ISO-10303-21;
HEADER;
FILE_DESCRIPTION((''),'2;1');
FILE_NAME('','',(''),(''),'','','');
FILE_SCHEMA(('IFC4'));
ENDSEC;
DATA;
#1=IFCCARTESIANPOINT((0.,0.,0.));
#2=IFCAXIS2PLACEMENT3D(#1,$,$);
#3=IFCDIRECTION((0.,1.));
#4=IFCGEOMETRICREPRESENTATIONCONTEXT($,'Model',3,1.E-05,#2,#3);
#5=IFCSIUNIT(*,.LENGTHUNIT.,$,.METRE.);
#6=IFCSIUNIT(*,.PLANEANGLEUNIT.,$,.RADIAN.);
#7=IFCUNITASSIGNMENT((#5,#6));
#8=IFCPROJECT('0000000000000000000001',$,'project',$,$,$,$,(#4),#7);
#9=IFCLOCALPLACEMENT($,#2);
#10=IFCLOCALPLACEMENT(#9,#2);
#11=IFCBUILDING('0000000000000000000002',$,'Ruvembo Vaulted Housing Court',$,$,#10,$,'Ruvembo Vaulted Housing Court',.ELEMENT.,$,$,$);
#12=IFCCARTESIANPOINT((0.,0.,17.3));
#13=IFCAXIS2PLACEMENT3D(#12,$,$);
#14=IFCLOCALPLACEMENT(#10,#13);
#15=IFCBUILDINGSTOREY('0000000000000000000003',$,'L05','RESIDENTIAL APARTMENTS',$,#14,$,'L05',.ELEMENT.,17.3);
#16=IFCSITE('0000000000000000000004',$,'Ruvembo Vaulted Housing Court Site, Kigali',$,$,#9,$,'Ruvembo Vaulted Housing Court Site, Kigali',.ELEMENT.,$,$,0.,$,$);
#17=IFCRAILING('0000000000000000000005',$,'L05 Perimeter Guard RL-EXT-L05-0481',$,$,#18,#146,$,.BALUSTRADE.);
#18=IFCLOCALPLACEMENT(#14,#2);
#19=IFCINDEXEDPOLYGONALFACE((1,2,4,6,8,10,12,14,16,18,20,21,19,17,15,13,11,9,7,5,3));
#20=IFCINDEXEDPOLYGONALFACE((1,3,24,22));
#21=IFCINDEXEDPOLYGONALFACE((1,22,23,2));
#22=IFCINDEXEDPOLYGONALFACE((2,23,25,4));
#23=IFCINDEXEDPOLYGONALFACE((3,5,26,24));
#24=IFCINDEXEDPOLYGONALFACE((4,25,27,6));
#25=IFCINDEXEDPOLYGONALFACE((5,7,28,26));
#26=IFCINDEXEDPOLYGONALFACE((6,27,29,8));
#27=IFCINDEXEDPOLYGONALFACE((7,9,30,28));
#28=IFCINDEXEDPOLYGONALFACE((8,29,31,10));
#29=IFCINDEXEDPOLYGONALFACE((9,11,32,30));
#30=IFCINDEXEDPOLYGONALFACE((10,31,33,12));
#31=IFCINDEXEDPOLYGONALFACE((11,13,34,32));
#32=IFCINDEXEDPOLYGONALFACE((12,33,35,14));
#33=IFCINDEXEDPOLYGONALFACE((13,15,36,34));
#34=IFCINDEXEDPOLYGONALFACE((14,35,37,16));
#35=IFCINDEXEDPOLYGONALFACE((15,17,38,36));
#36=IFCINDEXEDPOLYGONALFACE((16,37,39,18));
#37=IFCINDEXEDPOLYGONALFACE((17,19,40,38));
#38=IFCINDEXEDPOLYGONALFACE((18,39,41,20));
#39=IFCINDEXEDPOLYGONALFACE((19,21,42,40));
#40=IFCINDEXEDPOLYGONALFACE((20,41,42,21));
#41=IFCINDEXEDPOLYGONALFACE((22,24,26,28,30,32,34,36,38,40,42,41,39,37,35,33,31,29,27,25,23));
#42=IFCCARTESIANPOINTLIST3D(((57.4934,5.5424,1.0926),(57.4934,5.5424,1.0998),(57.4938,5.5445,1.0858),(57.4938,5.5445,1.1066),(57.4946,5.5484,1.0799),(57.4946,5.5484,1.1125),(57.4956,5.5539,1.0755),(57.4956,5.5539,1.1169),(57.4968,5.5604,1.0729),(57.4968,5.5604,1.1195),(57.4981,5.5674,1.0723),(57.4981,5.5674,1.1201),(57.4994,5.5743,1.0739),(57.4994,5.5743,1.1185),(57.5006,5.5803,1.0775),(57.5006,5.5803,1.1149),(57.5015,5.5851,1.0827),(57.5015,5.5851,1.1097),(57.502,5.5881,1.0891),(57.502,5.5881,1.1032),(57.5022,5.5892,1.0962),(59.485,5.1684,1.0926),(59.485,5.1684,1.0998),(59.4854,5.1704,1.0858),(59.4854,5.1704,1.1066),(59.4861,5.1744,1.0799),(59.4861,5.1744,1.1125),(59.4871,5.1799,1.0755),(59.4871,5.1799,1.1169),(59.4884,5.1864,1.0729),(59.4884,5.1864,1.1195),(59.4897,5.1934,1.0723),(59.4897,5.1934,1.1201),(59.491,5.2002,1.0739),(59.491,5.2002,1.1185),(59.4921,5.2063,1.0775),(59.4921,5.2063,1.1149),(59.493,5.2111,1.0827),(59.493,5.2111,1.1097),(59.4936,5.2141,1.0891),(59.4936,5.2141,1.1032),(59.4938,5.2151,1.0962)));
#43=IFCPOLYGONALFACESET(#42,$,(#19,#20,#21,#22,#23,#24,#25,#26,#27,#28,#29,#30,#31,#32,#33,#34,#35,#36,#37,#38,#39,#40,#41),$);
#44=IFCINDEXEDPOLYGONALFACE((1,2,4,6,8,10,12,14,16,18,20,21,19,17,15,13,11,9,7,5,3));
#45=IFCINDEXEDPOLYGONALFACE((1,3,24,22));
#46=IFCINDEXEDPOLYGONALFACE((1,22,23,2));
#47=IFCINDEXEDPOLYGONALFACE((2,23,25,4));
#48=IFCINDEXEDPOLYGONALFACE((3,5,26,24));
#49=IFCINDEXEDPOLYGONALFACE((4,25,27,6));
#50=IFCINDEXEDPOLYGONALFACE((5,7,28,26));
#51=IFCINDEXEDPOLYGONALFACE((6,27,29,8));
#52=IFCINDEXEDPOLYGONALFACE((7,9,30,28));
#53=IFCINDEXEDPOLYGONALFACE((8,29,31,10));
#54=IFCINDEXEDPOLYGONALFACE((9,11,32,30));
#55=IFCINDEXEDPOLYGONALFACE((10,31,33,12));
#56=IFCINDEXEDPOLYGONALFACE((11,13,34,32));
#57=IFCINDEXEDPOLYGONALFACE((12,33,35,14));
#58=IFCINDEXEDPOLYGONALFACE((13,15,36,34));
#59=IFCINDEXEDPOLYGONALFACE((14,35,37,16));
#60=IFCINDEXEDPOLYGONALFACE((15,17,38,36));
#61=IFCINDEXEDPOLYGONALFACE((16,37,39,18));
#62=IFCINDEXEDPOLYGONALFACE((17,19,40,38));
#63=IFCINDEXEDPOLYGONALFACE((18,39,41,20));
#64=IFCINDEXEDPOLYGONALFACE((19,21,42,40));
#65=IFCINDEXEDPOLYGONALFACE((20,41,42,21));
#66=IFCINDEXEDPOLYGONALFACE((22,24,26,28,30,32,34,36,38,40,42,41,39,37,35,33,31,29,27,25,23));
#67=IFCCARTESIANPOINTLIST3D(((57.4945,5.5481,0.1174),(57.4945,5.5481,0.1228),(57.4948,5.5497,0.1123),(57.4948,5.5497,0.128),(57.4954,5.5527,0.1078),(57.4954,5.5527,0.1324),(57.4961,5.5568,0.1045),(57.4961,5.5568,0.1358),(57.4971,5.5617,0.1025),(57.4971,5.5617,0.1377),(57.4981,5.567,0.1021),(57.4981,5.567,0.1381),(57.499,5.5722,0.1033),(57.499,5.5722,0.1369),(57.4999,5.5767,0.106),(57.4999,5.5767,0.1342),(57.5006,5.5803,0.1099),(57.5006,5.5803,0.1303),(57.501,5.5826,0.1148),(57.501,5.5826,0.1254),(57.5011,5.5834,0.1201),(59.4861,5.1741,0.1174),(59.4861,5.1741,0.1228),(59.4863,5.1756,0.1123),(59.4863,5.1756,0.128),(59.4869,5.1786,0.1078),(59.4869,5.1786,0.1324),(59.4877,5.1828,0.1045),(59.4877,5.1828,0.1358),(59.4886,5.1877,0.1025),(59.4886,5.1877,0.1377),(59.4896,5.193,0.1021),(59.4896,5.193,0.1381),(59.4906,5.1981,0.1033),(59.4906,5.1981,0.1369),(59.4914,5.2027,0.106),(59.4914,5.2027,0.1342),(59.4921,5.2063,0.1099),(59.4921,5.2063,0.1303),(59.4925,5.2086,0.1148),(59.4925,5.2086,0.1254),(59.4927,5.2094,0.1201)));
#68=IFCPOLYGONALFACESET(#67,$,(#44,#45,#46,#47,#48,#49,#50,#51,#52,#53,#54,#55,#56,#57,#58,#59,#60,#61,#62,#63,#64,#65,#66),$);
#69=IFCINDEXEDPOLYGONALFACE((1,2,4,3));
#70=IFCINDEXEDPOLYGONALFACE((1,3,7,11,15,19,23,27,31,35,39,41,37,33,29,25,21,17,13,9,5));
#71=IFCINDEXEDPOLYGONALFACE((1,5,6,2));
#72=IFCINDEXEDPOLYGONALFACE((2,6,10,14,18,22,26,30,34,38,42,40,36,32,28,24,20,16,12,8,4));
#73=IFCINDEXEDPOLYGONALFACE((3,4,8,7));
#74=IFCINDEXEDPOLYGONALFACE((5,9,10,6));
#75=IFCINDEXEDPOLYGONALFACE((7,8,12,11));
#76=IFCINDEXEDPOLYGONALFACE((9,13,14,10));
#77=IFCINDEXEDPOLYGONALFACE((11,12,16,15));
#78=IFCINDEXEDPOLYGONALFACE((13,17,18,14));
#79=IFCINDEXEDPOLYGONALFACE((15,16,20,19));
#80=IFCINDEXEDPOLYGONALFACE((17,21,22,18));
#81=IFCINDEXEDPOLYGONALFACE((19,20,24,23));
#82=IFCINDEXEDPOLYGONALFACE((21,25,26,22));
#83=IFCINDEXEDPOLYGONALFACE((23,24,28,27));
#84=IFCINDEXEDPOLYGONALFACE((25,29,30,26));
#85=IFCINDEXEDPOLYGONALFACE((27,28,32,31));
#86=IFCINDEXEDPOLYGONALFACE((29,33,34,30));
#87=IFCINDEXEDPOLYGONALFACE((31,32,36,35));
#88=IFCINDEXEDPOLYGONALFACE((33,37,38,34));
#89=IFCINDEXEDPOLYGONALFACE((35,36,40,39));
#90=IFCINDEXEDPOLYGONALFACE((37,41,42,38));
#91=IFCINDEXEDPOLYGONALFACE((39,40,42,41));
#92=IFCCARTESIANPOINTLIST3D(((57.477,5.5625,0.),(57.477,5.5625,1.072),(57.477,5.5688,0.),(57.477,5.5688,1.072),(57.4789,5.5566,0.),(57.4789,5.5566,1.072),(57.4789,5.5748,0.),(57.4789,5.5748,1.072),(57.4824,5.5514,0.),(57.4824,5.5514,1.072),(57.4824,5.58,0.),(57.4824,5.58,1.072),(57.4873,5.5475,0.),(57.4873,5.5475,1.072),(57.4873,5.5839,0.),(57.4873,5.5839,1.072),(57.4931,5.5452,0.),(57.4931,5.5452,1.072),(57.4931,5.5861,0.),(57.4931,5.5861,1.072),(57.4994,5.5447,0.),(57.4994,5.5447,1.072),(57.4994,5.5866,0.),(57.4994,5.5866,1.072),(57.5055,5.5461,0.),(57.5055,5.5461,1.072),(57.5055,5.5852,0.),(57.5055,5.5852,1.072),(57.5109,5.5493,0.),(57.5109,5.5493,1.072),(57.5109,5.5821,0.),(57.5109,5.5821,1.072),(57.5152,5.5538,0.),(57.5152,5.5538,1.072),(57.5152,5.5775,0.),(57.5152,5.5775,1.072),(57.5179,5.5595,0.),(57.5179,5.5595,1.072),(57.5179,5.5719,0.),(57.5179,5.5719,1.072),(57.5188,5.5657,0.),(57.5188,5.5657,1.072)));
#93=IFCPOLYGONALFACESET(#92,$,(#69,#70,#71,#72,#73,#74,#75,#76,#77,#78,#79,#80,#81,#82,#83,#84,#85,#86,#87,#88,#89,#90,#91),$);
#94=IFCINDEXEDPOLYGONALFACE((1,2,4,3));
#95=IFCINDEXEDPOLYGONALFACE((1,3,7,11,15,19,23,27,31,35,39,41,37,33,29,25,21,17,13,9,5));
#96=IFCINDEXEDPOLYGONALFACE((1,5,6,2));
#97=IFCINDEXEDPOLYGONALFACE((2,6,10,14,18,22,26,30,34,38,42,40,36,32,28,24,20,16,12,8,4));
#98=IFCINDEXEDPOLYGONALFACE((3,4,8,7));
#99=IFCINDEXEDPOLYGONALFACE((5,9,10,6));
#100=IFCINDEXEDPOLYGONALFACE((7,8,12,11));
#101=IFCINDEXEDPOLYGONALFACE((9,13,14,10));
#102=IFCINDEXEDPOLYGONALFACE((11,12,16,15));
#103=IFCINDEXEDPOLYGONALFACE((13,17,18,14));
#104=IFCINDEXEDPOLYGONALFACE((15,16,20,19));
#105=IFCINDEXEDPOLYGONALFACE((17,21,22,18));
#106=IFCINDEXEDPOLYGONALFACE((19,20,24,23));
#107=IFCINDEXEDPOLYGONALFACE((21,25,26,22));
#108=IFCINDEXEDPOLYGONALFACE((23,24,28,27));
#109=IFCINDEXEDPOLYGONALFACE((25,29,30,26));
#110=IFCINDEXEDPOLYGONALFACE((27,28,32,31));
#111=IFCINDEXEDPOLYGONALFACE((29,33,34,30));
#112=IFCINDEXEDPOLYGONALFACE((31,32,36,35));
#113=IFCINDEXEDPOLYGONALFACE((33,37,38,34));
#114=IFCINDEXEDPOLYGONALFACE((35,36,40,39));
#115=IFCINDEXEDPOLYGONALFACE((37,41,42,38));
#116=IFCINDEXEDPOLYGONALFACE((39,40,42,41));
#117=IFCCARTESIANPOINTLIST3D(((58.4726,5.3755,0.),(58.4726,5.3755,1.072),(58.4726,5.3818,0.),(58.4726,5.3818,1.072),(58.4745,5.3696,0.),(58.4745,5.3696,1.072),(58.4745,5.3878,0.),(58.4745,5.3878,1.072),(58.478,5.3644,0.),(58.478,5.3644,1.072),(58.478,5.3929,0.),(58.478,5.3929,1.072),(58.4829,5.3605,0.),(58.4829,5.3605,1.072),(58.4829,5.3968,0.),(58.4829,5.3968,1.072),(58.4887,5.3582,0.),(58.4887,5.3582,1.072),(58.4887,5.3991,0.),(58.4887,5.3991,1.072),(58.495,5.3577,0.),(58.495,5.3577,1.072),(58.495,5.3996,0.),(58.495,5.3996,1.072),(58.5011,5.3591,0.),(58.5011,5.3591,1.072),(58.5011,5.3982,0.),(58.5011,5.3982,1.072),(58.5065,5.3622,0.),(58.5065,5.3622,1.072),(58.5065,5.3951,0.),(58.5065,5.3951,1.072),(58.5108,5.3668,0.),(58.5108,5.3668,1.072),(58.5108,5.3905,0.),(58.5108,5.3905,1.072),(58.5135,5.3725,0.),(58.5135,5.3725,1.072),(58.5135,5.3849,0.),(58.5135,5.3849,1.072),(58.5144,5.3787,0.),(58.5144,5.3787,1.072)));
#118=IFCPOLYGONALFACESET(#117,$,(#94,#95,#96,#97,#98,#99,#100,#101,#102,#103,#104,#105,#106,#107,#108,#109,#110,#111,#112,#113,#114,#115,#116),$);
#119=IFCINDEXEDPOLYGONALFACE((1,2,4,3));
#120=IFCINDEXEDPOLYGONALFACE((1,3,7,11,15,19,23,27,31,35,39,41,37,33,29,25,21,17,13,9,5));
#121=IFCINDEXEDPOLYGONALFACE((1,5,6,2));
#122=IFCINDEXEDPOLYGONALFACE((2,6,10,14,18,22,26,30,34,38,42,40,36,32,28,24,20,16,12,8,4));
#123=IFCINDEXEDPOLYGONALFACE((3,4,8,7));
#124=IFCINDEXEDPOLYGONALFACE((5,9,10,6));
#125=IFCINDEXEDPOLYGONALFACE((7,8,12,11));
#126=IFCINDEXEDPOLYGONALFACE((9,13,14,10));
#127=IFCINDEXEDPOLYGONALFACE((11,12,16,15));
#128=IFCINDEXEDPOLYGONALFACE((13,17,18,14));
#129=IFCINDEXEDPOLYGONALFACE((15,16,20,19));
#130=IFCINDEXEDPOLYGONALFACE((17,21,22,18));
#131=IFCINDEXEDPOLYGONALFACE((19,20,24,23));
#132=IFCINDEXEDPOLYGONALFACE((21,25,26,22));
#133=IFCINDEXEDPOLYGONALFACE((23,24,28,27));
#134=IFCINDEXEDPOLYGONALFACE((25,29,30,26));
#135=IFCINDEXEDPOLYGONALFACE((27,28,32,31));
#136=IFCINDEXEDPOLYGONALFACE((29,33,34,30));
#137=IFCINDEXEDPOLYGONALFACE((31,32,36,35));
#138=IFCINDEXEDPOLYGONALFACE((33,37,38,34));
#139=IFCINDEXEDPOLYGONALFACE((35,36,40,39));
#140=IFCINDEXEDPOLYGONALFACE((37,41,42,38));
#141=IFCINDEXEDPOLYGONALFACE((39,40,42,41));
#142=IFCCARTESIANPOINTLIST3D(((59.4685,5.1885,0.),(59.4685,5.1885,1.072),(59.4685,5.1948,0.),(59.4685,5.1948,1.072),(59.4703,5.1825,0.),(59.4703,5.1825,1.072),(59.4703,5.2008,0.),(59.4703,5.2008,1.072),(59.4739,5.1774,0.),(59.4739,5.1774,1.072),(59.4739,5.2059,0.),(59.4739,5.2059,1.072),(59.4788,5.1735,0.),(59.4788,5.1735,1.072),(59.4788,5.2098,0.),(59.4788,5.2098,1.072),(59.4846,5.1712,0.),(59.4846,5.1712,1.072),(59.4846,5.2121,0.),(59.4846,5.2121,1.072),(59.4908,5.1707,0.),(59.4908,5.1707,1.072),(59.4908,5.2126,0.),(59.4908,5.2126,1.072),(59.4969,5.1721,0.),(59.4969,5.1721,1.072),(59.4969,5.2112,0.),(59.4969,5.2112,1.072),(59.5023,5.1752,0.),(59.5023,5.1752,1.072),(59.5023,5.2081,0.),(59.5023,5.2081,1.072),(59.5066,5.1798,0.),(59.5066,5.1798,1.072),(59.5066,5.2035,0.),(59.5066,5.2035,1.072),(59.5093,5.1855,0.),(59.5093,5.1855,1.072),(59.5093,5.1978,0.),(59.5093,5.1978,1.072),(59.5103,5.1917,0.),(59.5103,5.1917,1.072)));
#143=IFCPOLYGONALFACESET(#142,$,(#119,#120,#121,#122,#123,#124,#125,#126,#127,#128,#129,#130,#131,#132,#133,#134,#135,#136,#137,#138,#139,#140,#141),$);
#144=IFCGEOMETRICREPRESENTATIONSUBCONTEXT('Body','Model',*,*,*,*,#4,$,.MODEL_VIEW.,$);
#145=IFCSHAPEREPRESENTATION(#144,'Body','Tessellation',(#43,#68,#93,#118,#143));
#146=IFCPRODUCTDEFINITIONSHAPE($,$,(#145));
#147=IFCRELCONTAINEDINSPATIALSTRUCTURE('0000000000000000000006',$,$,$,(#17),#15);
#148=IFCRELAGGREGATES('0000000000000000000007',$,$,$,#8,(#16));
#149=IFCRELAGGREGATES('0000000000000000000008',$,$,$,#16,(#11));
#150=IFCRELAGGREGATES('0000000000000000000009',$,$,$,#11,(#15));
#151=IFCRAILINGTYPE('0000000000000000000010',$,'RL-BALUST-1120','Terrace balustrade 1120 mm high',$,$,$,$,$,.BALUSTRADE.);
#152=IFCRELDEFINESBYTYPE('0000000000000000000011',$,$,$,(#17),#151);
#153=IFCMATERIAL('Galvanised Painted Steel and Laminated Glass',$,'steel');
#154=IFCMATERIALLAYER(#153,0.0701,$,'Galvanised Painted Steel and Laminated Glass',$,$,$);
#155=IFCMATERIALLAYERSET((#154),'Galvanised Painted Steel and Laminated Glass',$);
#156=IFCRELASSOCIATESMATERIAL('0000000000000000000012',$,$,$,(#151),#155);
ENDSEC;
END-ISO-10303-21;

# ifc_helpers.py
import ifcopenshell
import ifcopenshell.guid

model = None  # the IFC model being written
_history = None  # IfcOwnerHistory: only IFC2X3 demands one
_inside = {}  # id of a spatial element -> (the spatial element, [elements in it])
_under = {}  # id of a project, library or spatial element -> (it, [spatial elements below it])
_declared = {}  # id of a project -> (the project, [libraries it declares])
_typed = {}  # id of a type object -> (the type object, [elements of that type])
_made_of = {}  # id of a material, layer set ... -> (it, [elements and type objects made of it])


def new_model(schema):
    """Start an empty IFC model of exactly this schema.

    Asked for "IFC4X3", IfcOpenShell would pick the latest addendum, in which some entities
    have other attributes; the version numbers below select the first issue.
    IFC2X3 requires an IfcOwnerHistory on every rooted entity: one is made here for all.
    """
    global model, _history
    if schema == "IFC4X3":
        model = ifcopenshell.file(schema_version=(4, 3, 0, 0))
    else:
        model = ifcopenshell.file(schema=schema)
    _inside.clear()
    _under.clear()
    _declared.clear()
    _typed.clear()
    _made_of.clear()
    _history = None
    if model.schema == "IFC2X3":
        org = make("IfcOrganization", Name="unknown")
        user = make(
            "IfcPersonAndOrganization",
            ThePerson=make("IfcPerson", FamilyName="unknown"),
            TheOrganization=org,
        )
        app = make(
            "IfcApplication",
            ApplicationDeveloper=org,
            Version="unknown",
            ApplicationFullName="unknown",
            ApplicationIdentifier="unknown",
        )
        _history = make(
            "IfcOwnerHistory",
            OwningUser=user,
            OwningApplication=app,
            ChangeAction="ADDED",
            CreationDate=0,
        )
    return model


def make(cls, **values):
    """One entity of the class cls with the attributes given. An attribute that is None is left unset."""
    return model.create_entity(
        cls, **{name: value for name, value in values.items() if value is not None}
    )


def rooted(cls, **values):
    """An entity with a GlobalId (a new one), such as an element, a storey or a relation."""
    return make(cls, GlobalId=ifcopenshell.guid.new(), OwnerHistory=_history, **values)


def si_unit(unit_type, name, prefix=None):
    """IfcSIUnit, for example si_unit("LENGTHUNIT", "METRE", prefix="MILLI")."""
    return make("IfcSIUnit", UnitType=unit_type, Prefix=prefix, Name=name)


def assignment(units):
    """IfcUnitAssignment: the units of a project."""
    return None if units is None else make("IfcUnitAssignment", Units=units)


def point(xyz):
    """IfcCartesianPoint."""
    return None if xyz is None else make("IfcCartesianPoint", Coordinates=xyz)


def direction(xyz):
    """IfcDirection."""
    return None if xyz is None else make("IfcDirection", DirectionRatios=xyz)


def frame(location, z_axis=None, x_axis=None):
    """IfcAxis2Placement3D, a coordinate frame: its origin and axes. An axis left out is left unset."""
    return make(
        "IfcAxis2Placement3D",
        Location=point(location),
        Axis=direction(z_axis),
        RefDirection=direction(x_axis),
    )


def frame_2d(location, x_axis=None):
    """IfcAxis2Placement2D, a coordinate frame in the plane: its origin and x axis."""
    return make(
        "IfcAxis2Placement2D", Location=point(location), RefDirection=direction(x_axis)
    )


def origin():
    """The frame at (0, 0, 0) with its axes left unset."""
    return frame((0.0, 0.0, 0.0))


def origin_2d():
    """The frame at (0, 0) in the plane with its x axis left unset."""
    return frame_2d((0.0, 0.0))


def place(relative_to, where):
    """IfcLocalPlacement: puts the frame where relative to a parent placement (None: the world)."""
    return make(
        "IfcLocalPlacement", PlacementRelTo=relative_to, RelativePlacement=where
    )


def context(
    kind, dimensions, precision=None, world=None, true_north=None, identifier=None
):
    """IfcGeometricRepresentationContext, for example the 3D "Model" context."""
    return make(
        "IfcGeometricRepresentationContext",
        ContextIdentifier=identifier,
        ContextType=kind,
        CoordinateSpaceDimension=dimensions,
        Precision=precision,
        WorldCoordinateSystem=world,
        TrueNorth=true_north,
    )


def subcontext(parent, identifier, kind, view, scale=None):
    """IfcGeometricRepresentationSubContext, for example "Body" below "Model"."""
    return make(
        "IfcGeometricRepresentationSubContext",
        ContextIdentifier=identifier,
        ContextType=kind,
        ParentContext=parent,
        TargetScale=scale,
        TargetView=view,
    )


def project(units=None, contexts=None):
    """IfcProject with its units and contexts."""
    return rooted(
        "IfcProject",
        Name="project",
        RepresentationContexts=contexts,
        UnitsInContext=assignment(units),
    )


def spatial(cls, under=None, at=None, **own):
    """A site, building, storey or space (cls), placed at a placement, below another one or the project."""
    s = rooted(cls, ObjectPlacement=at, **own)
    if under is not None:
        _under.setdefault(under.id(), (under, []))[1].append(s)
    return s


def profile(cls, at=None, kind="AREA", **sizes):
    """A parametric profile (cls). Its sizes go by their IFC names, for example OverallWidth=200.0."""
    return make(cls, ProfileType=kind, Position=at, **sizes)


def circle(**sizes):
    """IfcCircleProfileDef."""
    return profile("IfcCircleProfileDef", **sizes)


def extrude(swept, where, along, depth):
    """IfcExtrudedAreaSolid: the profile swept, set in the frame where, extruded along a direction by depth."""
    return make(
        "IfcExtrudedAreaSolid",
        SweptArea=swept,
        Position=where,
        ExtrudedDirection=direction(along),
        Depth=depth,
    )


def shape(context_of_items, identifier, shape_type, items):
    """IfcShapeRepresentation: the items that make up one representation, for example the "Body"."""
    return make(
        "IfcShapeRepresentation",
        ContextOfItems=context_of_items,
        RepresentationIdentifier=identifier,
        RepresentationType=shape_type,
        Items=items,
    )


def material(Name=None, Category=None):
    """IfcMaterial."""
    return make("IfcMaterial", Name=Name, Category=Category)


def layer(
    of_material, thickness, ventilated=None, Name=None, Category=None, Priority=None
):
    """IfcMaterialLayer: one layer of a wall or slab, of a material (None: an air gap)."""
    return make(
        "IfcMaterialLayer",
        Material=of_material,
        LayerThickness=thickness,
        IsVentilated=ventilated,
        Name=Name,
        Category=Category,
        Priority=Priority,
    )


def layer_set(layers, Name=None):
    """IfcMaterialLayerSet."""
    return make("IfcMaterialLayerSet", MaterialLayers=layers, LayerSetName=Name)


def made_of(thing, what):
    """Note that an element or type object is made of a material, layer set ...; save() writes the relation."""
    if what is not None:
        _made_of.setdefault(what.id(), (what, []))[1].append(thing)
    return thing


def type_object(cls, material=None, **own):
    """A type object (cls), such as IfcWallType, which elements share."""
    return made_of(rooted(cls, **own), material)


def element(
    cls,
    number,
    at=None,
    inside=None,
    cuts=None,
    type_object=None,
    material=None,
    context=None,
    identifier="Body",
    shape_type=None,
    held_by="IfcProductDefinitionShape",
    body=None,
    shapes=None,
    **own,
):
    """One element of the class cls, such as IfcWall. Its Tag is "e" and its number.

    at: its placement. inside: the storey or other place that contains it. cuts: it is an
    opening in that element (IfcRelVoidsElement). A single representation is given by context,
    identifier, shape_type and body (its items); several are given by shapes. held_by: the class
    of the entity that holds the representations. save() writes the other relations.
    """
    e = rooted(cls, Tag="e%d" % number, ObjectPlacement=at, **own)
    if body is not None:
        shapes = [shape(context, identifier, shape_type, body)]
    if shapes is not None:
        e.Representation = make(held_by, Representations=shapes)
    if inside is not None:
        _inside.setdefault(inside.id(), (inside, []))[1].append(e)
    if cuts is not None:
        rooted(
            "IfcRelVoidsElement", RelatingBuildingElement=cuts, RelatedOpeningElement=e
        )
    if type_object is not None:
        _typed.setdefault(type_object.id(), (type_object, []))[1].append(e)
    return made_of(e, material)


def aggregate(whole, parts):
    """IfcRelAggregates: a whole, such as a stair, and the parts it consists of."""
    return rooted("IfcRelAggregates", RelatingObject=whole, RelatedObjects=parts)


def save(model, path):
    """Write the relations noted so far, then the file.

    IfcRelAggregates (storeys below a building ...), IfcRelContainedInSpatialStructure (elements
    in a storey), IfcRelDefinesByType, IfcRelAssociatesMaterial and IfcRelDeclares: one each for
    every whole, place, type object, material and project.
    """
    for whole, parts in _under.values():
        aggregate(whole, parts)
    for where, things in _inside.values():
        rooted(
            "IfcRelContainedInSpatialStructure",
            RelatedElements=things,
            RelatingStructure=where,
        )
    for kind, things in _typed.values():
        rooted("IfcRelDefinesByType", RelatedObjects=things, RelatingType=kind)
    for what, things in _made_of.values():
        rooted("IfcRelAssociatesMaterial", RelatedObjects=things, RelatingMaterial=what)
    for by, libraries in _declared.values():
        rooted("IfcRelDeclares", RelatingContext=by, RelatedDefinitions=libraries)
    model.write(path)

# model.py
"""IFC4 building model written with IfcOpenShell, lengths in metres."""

from ifc_helpers import new_model, si_unit, direction, frame, origin, origin_2d, place, context, subcontext, project, spatial, circle, extrude, material, layer, layer_set, type_object, element, save


model = new_model("IFC4")

# Units and contexts
model_context = context("Model", 3, precision=1e-05, world=origin(), true_north=direction((0.0, 1.0)))
body_context = subcontext(model_context, "Body", "Model", "MODEL_VIEW")
ifc_project = project(units=[si_unit("LENGTHUNIT", "METRE"), si_unit("PLANEANGLEUNIT", "RADIAN")], contexts=[model_context])

# Site, building, storey
site_placement = place(None, origin())
site = spatial("IfcSite", under=ifc_project, at=site_placement, Name="Ruvembo Vaulted Housing Court Site, Kigali", LongName="Ruvembo Vaulted Housing Court Site, Kigali", CompositionType="ELEMENT", RefElevation=0.0)
building_placement = place(site_placement, origin())
building = spatial("IfcBuilding", under=site, at=building_placement, Name="Ruvembo Vaulted Housing Court", LongName="Ruvembo Vaulted Housing Court", CompositionType="ELEMENT")
storey_placement = place(building_placement, frame((0.0, 0.0, 17.3)))
storey = spatial("IfcBuildingStorey", under=building, at=storey_placement, Name="L05", Description="RESIDENTIAL APARTMENTS", LongName="L05", CompositionType="ELEMENT", Elevation=17.3)

# Railing
ifc_material_1 = material(Name="Galvanised Painted Steel and Laminated Glass", Category="steel")
ifc_layer_1 = layer(ifc_material_1, 0.0701, Name="Galvanised Painted Steel and Laminated Glass")
ifc_layer_set_1 = layer_set([ifc_layer_1], Name="Galvanised Painted Steel and Laminated Glass")
railing_type = type_object("IfcRailingType", Name="RL-BALUST-1120", Description="Terrace balustrade 1120 mm high", PredefinedType="BALUSTRADE", material=ifc_layer_set_1)
railing_1_placement = place(storey_placement, frame((57.4978, 5.5657, 0.0)))
element("IfcRailing", 1, at=railing_1_placement, inside=storey, type_object=railing_type, Name="L05 Perimeter Guard RL-EXT-L05-0481", PredefinedType="BALUSTRADE", context=body_context, shape_type="SweptSolid", body=[
    extrude(circle(Radius=0.0239, at=origin_2d()), frame((0.0, 0.0, 1.0962), z_axis=(0.982816, -0.184587, 0.0), x_axis=(0.184587, 0.982816, 0.0)), (0.0, 0.0, 1.0), 2.0264),
    extrude(circle(Radius=0.0181, at=origin_2d()), frame((0.0, 0.0, 0.1201), z_axis=(0.982816, -0.184587, 0.0), x_axis=(0.184587, 0.982816, 0.0)), (0.0, 0.0, 1.0), 2.0264),
    extrude(circle(Radius=0.021, at=origin_2d()), origin(), (0.0, 0.0, 1.0), 1.072),
    extrude(circle(Radius=0.021, at=origin_2d()), frame((0.9956, -0.187, 0.0)), (0.0, 0.0, 1.0), 1.072),
    extrude(circle(Radius=0.021, at=origin_2d()), frame((1.9915, -0.374, 0.0)), (0.0, 0.0, 1.0), 1.072),
])

save(model, "model.ifc")
